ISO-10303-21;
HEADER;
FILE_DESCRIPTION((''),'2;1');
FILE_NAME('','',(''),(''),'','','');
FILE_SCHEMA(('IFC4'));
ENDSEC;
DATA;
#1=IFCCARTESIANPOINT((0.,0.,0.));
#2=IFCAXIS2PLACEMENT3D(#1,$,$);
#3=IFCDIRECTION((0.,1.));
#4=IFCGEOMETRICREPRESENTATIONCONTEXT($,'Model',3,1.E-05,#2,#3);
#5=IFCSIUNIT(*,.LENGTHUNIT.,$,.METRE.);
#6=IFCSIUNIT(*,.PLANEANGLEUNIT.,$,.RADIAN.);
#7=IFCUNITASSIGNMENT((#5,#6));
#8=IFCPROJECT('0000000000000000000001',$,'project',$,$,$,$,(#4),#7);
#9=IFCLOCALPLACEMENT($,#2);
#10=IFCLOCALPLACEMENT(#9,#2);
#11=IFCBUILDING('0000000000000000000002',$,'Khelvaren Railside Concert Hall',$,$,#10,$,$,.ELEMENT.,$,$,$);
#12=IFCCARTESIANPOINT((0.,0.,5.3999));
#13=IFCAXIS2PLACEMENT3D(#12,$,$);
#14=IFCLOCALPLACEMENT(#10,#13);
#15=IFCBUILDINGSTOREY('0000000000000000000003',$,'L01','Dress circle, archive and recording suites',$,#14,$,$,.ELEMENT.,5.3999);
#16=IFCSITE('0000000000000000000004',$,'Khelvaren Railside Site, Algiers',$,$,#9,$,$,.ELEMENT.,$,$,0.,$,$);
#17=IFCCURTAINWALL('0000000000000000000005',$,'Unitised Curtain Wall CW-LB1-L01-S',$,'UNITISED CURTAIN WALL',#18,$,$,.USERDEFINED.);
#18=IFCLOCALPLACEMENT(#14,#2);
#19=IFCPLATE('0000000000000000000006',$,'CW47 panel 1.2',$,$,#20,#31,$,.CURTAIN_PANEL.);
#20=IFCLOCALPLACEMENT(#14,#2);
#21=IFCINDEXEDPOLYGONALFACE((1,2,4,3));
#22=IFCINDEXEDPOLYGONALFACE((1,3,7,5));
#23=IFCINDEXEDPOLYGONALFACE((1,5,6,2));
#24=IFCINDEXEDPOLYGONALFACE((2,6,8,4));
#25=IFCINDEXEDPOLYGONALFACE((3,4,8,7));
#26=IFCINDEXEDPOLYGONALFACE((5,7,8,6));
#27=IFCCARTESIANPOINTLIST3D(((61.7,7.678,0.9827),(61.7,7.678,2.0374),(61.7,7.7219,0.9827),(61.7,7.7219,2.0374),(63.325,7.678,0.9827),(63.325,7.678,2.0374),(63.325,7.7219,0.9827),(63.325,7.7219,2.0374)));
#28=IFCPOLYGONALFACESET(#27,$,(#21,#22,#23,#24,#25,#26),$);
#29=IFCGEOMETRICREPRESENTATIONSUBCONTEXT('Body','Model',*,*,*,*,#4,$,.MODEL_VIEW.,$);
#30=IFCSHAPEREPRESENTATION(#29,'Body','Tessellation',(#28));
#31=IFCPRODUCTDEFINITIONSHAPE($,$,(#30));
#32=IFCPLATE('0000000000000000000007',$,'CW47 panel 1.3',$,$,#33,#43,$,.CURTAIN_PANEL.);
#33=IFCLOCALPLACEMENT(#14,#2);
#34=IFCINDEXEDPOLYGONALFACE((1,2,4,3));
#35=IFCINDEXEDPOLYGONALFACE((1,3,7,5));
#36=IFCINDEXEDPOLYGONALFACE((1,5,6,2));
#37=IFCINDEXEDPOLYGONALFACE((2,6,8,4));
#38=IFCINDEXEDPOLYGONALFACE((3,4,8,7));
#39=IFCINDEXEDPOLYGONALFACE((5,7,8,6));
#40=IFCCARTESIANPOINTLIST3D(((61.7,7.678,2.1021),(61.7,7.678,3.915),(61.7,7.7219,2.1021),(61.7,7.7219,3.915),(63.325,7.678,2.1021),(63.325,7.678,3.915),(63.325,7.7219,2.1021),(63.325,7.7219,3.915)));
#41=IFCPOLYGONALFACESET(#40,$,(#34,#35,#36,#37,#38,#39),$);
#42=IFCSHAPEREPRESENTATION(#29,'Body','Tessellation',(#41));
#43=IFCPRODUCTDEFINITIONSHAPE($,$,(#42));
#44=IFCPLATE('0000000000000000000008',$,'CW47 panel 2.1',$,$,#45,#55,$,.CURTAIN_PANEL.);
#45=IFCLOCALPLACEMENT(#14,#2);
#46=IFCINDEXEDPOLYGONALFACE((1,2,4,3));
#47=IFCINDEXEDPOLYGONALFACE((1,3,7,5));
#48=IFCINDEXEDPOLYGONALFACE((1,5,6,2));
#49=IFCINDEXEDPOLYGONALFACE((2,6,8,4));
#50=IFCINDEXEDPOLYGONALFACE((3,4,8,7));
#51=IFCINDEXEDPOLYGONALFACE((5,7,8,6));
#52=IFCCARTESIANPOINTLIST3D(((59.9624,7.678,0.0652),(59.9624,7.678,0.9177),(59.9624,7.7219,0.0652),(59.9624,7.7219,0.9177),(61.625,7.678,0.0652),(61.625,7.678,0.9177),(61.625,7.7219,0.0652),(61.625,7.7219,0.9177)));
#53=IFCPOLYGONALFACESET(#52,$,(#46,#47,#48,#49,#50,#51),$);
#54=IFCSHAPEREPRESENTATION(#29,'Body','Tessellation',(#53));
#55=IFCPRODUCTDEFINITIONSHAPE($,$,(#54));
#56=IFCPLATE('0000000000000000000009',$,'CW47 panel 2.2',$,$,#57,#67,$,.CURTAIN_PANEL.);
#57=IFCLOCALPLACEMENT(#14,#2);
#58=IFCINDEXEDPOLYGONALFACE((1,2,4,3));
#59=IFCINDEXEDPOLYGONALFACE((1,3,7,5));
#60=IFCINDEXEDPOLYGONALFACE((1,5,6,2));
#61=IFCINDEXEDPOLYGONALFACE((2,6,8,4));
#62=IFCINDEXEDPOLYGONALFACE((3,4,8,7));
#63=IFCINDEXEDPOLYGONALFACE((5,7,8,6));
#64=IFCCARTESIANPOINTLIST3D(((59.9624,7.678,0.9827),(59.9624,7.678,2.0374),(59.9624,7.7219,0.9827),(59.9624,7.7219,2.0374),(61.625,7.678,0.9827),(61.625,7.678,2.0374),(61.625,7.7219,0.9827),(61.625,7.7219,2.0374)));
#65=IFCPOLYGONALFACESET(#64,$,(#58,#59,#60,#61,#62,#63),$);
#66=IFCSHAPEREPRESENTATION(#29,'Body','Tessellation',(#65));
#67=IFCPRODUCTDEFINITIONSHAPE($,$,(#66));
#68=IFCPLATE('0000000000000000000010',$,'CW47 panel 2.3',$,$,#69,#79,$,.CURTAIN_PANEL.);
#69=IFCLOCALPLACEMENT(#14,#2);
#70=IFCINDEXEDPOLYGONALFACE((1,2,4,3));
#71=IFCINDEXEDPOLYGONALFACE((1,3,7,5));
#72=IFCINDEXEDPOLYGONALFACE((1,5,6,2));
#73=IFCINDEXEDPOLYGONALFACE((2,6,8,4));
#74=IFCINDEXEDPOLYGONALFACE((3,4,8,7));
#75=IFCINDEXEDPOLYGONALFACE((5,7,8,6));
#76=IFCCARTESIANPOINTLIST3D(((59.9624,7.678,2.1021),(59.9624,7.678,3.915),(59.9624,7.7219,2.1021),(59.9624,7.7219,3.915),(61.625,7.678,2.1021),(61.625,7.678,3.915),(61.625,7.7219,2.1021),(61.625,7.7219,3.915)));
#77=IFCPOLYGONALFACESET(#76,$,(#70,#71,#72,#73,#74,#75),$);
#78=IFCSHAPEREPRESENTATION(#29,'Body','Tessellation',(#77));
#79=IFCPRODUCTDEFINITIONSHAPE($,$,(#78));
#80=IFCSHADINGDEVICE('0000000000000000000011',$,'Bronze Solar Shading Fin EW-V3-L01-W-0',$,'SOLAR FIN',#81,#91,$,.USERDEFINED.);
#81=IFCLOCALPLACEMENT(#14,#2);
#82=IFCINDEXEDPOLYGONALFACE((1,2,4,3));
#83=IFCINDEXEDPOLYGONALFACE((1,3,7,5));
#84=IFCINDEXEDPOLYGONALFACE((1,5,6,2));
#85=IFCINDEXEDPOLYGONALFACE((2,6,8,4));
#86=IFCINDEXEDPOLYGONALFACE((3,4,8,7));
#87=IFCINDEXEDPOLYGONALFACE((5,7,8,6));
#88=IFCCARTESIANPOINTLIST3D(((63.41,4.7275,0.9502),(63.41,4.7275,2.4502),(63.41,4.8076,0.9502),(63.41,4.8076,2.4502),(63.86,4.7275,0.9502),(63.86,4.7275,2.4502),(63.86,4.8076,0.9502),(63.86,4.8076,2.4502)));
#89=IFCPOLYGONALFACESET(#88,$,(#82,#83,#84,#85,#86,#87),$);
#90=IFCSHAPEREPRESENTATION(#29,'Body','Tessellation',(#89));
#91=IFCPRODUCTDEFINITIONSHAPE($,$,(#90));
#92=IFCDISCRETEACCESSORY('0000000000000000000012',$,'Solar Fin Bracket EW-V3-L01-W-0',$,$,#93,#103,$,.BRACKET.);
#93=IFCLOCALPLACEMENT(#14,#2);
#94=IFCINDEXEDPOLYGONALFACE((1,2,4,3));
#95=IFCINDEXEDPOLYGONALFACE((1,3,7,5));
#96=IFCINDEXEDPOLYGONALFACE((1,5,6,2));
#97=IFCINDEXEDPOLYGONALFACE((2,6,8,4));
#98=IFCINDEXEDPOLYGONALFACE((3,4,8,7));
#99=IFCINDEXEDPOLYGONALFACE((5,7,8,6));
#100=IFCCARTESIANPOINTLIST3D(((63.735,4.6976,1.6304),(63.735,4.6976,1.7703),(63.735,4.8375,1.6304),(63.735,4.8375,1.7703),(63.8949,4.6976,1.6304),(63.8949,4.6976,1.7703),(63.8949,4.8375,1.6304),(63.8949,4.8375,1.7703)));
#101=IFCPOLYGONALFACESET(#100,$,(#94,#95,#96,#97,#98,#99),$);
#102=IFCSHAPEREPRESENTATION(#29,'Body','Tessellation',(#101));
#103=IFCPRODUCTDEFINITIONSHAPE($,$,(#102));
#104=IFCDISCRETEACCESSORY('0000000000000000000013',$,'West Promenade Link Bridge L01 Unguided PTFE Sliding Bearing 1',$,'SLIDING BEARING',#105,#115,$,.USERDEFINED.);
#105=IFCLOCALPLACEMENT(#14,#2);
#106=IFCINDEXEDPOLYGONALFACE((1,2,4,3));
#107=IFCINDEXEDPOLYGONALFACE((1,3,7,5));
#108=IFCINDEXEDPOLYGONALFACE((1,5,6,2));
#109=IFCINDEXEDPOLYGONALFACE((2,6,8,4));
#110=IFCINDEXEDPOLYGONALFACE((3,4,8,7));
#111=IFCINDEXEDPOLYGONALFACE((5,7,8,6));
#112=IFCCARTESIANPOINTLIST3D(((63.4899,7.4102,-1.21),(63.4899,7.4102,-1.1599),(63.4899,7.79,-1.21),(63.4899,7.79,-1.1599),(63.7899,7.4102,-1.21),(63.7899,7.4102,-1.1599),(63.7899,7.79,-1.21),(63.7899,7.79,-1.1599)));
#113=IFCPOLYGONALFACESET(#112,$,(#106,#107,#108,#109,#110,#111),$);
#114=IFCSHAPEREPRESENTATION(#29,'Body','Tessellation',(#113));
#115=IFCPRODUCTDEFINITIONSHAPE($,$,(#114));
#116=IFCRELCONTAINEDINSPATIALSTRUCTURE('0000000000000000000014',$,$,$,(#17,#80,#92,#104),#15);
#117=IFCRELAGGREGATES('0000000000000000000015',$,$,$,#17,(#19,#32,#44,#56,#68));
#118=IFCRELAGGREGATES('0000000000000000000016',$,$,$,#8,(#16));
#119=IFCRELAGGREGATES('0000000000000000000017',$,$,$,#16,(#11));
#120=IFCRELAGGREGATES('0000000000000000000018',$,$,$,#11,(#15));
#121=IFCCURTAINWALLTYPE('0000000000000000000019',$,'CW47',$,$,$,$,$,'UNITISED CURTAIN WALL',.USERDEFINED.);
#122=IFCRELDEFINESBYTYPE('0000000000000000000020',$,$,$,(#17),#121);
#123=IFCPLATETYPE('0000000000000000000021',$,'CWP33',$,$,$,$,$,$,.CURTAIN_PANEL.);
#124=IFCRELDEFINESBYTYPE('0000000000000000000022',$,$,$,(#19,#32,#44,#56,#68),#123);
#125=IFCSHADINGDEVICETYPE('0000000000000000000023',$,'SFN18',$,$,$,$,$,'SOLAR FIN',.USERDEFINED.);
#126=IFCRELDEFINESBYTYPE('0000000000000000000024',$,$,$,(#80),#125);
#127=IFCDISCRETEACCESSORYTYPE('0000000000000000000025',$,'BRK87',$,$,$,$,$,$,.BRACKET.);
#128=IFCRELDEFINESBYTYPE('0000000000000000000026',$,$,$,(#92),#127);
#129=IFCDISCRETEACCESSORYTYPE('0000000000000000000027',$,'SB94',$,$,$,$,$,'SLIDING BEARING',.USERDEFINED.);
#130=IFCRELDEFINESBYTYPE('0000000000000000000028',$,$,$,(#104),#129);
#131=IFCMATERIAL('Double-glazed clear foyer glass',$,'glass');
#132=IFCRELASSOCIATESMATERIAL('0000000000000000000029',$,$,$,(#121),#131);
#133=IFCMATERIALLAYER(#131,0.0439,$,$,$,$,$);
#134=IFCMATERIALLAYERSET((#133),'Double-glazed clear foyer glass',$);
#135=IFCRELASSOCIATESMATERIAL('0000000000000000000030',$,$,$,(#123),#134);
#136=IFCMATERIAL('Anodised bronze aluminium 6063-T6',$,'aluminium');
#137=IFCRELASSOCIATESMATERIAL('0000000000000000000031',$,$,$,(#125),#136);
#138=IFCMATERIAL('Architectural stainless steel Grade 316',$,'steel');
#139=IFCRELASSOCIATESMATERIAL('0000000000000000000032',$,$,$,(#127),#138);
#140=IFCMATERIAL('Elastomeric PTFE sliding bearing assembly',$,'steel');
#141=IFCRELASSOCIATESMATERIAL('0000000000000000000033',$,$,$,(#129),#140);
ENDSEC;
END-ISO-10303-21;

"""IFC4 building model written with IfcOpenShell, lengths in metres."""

from ifc_helpers import new_model, si_unit, direction, frame, origin, origin_2d, place, context, subcontext, project, spatial, rectangle, extrude, material, layer, layer_set, type_object, element, aggregate, save


model = new_model("IFC4")

# Units and contexts
model_context = context("Model", 3, precision=1e-05, world=origin(), true_north=direction((0.0, 1.0)))
body_context = subcontext(model_context, "Body", "Model", "MODEL_VIEW")
ifc_project = project(units=[si_unit("LENGTHUNIT", "METRE"), si_unit("PLANEANGLEUNIT", "RADIAN")], contexts=[model_context])

# Site, building, storey
site_placement = place(None, origin())
site = spatial("IfcSite", under=ifc_project, at=site_placement, Name="Khelvaren Railside Site, Algiers", CompositionType="ELEMENT", RefElevation=0.0)
building_placement = place(site_placement, origin())
building = spatial("IfcBuilding", under=site, at=building_placement, Name="Khelvaren Railside Concert Hall", CompositionType="ELEMENT")
storey_placement = place(building_placement, frame((0.0, 0.0, 5.3999)))
storey = spatial("IfcBuildingStorey", under=building, at=storey_placement, Name="L01", Description="Dress circle, archive and recording suites", CompositionType="ELEMENT", Elevation=5.3999)

# Curtain wall
ifc_material_1 = material(Name="Double-glazed clear foyer glass", Category="glass")
curtain_wall_type = type_object("IfcCurtainWallType", Name="CW47", ElementType="UNITISED CURTAIN WALL", PredefinedType="USERDEFINED", material=ifc_material_1)
curtain_wall_placement = place(storey_placement, origin())
curtain_wall = element("IfcCurtainWall", 1, at=curtain_wall_placement, inside=storey, type_object=curtain_wall_type, Name="Unitised Curtain Wall CW-LB1-L01-S", ObjectType="UNITISED CURTAIN WALL", PredefinedType="USERDEFINED")

# Plates
ifc_layer = layer(ifc_material_1, 0.0439)
ifc_layer_set = layer_set([ifc_layer], Name="Double-glazed clear foyer glass")
plate_type = type_object("IfcPlateType", Name="CWP33", PredefinedType="CURTAIN_PANEL", material=ifc_layer_set)
plate_1_placement = place(storey_placement, frame((62.5125, 7.7, 0.9827), z_axis=(0.0, 0.0, 1.0), x_axis=(-1.0, 0.0, 0.0)))
plate_1 = element("IfcPlate", 2, at=plate_1_placement, type_object=plate_type, Name="CW47 panel 1.2", PredefinedType="CURTAIN_PANEL", context=body_context, shape_type="SweptSolid", body=[
    extrude(rectangle(XDim=1.625, YDim=0.0439, at=origin_2d()), origin(), (0.0, 0.0, 1.0), 1.0547),
])
plate_2_placement = place(storey_placement, frame((62.5125, 7.7, 2.1021), z_axis=(0.0, 0.0, 1.0), x_axis=(-1.0, 0.0, 0.0)))
plate_2 = element("IfcPlate", 3, at=plate_2_placement, type_object=plate_type, Name="CW47 panel 1.3", PredefinedType="CURTAIN_PANEL", context=body_context, shape_type="SweptSolid", body=[
    extrude(rectangle(XDim=1.625, YDim=0.0439, at=origin_2d()), origin(), (0.0, 0.0, 1.0), 1.813),
])
plate_3_placement = place(storey_placement, frame((60.7937, 7.7, 0.0652), z_axis=(0.0, 0.0, 1.0), x_axis=(-1.0, 0.0, 0.0)))
plate_3 = element("IfcPlate", 4, at=plate_3_placement, type_object=plate_type, Name="CW47 panel 2.1", PredefinedType="CURTAIN_PANEL", context=body_context, shape_type="SweptSolid", body=[
    extrude(rectangle(XDim=1.6626, YDim=0.0439, at=origin_2d()), origin(), (0.0, 0.0, 1.0), 0.8525),
])
plate_4_placement = place(storey_placement, frame((60.7937, 7.7, 0.9827), z_axis=(0.0, 0.0, 1.0), x_axis=(-1.0, 0.0, 0.0)))
plate_4 = element("IfcPlate", 5, at=plate_4_placement, type_object=plate_type, Name="CW47 panel 2.2", PredefinedType="CURTAIN_PANEL", context=body_context, shape_type="SweptSolid", body=[
    extrude(rectangle(XDim=1.6626, YDim=0.0439, at=origin_2d()), origin(), (0.0, 0.0, 1.0), 1.0547),
])
plate_5_placement = place(storey_placement, frame((60.7937, 7.7, 2.1021), z_axis=(0.0, 0.0, 1.0), x_axis=(-1.0, 0.0, 0.0)))
plate_5 = element("IfcPlate", 6, at=plate_5_placement, type_object=plate_type, Name="CW47 panel 2.3", PredefinedType="CURTAIN_PANEL", context=body_context, shape_type="SweptSolid", body=[
    extrude(rectangle(XDim=1.6626, YDim=0.0439, at=origin_2d()), origin(), (0.0, 0.0, 1.0), 1.813),
])
aggregate(curtain_wall, [plate_1, plate_2, plate_3, plate_4, plate_5])

# Shading device
ifc_material_2 = material(Name="Anodised bronze aluminium 6063-T6", Category="aluminium")
shading_device_type = type_object("IfcShadingDeviceType", Name="SFN18", ElementType="SOLAR FIN", PredefinedType="USERDEFINED", material=ifc_material_2)
shading_device_placement = place(storey_placement, frame((63.635, 4.7676, 0.9502), z_axis=(0.0, 0.0, 1.0), x_axis=(0.0, 1.0, 0.0)))
element("IfcShadingDevice", 7, at=shading_device_placement, inside=storey, type_object=shading_device_type, Name="Bronze Solar Shading Fin EW-V3-L01-W-0", ObjectType="SOLAR FIN", PredefinedType="USERDEFINED", context=body_context, shape_type="SweptSolid", body=[
    extrude(rectangle(XDim=0.0801, YDim=0.45, at=origin_2d()), origin(), (0.0, 0.0, 1.0), 1.5),
])

# Discrete accessories
ifc_material_3 = material(Name="Architectural stainless steel Grade 316", Category="steel")
discrete_accessory_type_1 = type_object("IfcDiscreteAccessoryType", Name="BRK87", PredefinedType="BRACKET", material=ifc_material_3)
discrete_accessory_1_placement = place(storey_placement, frame((63.8149, 4.7676, 1.6304), z_axis=(0.0, 0.0, 1.0), x_axis=(0.0, 1.0, 0.0)))
element("IfcDiscreteAccessory", 8, at=discrete_accessory_1_placement, inside=storey, type_object=discrete_accessory_type_1, Name="Solar Fin Bracket EW-V3-L01-W-0", PredefinedType="BRACKET", context=body_context, shape_type="SweptSolid", body=[
    extrude(rectangle(XDim=0.1399, YDim=0.1599, at=origin_2d()), origin(), (0.0, 0.0, 1.0), 0.1399),
])
ifc_material_4 = material(Name="Elastomeric PTFE sliding bearing assembly", Category="steel")
discrete_accessory_type_2 = type_object("IfcDiscreteAccessoryType", Name="SB94", ElementType="SLIDING BEARING", PredefinedType="USERDEFINED", material=ifc_material_4)
discrete_accessory_2_placement = place(storey_placement, frame((63.6399, 7.6001, -1.21), z_axis=(0.0, 0.0, 1.0), x_axis=(1.0, 0.0, 0.0)))
element("IfcDiscreteAccessory", 9, at=discrete_accessory_2_placement, inside=storey, type_object=discrete_accessory_type_2, Name="West Promenade Link Bridge L01 Unguided PTFE Sliding Bearing 1", ObjectType="SLIDING BEARING", PredefinedType="USERDEFINED", context=body_context, shape_type="SweptSolid", body=[
    extrude(rectangle(XDim=0.3, YDim=0.3799, at=origin_2d()), origin(), (0.0, 0.0, 1.0), 0.05),
])

save(model, "model.ifc")
